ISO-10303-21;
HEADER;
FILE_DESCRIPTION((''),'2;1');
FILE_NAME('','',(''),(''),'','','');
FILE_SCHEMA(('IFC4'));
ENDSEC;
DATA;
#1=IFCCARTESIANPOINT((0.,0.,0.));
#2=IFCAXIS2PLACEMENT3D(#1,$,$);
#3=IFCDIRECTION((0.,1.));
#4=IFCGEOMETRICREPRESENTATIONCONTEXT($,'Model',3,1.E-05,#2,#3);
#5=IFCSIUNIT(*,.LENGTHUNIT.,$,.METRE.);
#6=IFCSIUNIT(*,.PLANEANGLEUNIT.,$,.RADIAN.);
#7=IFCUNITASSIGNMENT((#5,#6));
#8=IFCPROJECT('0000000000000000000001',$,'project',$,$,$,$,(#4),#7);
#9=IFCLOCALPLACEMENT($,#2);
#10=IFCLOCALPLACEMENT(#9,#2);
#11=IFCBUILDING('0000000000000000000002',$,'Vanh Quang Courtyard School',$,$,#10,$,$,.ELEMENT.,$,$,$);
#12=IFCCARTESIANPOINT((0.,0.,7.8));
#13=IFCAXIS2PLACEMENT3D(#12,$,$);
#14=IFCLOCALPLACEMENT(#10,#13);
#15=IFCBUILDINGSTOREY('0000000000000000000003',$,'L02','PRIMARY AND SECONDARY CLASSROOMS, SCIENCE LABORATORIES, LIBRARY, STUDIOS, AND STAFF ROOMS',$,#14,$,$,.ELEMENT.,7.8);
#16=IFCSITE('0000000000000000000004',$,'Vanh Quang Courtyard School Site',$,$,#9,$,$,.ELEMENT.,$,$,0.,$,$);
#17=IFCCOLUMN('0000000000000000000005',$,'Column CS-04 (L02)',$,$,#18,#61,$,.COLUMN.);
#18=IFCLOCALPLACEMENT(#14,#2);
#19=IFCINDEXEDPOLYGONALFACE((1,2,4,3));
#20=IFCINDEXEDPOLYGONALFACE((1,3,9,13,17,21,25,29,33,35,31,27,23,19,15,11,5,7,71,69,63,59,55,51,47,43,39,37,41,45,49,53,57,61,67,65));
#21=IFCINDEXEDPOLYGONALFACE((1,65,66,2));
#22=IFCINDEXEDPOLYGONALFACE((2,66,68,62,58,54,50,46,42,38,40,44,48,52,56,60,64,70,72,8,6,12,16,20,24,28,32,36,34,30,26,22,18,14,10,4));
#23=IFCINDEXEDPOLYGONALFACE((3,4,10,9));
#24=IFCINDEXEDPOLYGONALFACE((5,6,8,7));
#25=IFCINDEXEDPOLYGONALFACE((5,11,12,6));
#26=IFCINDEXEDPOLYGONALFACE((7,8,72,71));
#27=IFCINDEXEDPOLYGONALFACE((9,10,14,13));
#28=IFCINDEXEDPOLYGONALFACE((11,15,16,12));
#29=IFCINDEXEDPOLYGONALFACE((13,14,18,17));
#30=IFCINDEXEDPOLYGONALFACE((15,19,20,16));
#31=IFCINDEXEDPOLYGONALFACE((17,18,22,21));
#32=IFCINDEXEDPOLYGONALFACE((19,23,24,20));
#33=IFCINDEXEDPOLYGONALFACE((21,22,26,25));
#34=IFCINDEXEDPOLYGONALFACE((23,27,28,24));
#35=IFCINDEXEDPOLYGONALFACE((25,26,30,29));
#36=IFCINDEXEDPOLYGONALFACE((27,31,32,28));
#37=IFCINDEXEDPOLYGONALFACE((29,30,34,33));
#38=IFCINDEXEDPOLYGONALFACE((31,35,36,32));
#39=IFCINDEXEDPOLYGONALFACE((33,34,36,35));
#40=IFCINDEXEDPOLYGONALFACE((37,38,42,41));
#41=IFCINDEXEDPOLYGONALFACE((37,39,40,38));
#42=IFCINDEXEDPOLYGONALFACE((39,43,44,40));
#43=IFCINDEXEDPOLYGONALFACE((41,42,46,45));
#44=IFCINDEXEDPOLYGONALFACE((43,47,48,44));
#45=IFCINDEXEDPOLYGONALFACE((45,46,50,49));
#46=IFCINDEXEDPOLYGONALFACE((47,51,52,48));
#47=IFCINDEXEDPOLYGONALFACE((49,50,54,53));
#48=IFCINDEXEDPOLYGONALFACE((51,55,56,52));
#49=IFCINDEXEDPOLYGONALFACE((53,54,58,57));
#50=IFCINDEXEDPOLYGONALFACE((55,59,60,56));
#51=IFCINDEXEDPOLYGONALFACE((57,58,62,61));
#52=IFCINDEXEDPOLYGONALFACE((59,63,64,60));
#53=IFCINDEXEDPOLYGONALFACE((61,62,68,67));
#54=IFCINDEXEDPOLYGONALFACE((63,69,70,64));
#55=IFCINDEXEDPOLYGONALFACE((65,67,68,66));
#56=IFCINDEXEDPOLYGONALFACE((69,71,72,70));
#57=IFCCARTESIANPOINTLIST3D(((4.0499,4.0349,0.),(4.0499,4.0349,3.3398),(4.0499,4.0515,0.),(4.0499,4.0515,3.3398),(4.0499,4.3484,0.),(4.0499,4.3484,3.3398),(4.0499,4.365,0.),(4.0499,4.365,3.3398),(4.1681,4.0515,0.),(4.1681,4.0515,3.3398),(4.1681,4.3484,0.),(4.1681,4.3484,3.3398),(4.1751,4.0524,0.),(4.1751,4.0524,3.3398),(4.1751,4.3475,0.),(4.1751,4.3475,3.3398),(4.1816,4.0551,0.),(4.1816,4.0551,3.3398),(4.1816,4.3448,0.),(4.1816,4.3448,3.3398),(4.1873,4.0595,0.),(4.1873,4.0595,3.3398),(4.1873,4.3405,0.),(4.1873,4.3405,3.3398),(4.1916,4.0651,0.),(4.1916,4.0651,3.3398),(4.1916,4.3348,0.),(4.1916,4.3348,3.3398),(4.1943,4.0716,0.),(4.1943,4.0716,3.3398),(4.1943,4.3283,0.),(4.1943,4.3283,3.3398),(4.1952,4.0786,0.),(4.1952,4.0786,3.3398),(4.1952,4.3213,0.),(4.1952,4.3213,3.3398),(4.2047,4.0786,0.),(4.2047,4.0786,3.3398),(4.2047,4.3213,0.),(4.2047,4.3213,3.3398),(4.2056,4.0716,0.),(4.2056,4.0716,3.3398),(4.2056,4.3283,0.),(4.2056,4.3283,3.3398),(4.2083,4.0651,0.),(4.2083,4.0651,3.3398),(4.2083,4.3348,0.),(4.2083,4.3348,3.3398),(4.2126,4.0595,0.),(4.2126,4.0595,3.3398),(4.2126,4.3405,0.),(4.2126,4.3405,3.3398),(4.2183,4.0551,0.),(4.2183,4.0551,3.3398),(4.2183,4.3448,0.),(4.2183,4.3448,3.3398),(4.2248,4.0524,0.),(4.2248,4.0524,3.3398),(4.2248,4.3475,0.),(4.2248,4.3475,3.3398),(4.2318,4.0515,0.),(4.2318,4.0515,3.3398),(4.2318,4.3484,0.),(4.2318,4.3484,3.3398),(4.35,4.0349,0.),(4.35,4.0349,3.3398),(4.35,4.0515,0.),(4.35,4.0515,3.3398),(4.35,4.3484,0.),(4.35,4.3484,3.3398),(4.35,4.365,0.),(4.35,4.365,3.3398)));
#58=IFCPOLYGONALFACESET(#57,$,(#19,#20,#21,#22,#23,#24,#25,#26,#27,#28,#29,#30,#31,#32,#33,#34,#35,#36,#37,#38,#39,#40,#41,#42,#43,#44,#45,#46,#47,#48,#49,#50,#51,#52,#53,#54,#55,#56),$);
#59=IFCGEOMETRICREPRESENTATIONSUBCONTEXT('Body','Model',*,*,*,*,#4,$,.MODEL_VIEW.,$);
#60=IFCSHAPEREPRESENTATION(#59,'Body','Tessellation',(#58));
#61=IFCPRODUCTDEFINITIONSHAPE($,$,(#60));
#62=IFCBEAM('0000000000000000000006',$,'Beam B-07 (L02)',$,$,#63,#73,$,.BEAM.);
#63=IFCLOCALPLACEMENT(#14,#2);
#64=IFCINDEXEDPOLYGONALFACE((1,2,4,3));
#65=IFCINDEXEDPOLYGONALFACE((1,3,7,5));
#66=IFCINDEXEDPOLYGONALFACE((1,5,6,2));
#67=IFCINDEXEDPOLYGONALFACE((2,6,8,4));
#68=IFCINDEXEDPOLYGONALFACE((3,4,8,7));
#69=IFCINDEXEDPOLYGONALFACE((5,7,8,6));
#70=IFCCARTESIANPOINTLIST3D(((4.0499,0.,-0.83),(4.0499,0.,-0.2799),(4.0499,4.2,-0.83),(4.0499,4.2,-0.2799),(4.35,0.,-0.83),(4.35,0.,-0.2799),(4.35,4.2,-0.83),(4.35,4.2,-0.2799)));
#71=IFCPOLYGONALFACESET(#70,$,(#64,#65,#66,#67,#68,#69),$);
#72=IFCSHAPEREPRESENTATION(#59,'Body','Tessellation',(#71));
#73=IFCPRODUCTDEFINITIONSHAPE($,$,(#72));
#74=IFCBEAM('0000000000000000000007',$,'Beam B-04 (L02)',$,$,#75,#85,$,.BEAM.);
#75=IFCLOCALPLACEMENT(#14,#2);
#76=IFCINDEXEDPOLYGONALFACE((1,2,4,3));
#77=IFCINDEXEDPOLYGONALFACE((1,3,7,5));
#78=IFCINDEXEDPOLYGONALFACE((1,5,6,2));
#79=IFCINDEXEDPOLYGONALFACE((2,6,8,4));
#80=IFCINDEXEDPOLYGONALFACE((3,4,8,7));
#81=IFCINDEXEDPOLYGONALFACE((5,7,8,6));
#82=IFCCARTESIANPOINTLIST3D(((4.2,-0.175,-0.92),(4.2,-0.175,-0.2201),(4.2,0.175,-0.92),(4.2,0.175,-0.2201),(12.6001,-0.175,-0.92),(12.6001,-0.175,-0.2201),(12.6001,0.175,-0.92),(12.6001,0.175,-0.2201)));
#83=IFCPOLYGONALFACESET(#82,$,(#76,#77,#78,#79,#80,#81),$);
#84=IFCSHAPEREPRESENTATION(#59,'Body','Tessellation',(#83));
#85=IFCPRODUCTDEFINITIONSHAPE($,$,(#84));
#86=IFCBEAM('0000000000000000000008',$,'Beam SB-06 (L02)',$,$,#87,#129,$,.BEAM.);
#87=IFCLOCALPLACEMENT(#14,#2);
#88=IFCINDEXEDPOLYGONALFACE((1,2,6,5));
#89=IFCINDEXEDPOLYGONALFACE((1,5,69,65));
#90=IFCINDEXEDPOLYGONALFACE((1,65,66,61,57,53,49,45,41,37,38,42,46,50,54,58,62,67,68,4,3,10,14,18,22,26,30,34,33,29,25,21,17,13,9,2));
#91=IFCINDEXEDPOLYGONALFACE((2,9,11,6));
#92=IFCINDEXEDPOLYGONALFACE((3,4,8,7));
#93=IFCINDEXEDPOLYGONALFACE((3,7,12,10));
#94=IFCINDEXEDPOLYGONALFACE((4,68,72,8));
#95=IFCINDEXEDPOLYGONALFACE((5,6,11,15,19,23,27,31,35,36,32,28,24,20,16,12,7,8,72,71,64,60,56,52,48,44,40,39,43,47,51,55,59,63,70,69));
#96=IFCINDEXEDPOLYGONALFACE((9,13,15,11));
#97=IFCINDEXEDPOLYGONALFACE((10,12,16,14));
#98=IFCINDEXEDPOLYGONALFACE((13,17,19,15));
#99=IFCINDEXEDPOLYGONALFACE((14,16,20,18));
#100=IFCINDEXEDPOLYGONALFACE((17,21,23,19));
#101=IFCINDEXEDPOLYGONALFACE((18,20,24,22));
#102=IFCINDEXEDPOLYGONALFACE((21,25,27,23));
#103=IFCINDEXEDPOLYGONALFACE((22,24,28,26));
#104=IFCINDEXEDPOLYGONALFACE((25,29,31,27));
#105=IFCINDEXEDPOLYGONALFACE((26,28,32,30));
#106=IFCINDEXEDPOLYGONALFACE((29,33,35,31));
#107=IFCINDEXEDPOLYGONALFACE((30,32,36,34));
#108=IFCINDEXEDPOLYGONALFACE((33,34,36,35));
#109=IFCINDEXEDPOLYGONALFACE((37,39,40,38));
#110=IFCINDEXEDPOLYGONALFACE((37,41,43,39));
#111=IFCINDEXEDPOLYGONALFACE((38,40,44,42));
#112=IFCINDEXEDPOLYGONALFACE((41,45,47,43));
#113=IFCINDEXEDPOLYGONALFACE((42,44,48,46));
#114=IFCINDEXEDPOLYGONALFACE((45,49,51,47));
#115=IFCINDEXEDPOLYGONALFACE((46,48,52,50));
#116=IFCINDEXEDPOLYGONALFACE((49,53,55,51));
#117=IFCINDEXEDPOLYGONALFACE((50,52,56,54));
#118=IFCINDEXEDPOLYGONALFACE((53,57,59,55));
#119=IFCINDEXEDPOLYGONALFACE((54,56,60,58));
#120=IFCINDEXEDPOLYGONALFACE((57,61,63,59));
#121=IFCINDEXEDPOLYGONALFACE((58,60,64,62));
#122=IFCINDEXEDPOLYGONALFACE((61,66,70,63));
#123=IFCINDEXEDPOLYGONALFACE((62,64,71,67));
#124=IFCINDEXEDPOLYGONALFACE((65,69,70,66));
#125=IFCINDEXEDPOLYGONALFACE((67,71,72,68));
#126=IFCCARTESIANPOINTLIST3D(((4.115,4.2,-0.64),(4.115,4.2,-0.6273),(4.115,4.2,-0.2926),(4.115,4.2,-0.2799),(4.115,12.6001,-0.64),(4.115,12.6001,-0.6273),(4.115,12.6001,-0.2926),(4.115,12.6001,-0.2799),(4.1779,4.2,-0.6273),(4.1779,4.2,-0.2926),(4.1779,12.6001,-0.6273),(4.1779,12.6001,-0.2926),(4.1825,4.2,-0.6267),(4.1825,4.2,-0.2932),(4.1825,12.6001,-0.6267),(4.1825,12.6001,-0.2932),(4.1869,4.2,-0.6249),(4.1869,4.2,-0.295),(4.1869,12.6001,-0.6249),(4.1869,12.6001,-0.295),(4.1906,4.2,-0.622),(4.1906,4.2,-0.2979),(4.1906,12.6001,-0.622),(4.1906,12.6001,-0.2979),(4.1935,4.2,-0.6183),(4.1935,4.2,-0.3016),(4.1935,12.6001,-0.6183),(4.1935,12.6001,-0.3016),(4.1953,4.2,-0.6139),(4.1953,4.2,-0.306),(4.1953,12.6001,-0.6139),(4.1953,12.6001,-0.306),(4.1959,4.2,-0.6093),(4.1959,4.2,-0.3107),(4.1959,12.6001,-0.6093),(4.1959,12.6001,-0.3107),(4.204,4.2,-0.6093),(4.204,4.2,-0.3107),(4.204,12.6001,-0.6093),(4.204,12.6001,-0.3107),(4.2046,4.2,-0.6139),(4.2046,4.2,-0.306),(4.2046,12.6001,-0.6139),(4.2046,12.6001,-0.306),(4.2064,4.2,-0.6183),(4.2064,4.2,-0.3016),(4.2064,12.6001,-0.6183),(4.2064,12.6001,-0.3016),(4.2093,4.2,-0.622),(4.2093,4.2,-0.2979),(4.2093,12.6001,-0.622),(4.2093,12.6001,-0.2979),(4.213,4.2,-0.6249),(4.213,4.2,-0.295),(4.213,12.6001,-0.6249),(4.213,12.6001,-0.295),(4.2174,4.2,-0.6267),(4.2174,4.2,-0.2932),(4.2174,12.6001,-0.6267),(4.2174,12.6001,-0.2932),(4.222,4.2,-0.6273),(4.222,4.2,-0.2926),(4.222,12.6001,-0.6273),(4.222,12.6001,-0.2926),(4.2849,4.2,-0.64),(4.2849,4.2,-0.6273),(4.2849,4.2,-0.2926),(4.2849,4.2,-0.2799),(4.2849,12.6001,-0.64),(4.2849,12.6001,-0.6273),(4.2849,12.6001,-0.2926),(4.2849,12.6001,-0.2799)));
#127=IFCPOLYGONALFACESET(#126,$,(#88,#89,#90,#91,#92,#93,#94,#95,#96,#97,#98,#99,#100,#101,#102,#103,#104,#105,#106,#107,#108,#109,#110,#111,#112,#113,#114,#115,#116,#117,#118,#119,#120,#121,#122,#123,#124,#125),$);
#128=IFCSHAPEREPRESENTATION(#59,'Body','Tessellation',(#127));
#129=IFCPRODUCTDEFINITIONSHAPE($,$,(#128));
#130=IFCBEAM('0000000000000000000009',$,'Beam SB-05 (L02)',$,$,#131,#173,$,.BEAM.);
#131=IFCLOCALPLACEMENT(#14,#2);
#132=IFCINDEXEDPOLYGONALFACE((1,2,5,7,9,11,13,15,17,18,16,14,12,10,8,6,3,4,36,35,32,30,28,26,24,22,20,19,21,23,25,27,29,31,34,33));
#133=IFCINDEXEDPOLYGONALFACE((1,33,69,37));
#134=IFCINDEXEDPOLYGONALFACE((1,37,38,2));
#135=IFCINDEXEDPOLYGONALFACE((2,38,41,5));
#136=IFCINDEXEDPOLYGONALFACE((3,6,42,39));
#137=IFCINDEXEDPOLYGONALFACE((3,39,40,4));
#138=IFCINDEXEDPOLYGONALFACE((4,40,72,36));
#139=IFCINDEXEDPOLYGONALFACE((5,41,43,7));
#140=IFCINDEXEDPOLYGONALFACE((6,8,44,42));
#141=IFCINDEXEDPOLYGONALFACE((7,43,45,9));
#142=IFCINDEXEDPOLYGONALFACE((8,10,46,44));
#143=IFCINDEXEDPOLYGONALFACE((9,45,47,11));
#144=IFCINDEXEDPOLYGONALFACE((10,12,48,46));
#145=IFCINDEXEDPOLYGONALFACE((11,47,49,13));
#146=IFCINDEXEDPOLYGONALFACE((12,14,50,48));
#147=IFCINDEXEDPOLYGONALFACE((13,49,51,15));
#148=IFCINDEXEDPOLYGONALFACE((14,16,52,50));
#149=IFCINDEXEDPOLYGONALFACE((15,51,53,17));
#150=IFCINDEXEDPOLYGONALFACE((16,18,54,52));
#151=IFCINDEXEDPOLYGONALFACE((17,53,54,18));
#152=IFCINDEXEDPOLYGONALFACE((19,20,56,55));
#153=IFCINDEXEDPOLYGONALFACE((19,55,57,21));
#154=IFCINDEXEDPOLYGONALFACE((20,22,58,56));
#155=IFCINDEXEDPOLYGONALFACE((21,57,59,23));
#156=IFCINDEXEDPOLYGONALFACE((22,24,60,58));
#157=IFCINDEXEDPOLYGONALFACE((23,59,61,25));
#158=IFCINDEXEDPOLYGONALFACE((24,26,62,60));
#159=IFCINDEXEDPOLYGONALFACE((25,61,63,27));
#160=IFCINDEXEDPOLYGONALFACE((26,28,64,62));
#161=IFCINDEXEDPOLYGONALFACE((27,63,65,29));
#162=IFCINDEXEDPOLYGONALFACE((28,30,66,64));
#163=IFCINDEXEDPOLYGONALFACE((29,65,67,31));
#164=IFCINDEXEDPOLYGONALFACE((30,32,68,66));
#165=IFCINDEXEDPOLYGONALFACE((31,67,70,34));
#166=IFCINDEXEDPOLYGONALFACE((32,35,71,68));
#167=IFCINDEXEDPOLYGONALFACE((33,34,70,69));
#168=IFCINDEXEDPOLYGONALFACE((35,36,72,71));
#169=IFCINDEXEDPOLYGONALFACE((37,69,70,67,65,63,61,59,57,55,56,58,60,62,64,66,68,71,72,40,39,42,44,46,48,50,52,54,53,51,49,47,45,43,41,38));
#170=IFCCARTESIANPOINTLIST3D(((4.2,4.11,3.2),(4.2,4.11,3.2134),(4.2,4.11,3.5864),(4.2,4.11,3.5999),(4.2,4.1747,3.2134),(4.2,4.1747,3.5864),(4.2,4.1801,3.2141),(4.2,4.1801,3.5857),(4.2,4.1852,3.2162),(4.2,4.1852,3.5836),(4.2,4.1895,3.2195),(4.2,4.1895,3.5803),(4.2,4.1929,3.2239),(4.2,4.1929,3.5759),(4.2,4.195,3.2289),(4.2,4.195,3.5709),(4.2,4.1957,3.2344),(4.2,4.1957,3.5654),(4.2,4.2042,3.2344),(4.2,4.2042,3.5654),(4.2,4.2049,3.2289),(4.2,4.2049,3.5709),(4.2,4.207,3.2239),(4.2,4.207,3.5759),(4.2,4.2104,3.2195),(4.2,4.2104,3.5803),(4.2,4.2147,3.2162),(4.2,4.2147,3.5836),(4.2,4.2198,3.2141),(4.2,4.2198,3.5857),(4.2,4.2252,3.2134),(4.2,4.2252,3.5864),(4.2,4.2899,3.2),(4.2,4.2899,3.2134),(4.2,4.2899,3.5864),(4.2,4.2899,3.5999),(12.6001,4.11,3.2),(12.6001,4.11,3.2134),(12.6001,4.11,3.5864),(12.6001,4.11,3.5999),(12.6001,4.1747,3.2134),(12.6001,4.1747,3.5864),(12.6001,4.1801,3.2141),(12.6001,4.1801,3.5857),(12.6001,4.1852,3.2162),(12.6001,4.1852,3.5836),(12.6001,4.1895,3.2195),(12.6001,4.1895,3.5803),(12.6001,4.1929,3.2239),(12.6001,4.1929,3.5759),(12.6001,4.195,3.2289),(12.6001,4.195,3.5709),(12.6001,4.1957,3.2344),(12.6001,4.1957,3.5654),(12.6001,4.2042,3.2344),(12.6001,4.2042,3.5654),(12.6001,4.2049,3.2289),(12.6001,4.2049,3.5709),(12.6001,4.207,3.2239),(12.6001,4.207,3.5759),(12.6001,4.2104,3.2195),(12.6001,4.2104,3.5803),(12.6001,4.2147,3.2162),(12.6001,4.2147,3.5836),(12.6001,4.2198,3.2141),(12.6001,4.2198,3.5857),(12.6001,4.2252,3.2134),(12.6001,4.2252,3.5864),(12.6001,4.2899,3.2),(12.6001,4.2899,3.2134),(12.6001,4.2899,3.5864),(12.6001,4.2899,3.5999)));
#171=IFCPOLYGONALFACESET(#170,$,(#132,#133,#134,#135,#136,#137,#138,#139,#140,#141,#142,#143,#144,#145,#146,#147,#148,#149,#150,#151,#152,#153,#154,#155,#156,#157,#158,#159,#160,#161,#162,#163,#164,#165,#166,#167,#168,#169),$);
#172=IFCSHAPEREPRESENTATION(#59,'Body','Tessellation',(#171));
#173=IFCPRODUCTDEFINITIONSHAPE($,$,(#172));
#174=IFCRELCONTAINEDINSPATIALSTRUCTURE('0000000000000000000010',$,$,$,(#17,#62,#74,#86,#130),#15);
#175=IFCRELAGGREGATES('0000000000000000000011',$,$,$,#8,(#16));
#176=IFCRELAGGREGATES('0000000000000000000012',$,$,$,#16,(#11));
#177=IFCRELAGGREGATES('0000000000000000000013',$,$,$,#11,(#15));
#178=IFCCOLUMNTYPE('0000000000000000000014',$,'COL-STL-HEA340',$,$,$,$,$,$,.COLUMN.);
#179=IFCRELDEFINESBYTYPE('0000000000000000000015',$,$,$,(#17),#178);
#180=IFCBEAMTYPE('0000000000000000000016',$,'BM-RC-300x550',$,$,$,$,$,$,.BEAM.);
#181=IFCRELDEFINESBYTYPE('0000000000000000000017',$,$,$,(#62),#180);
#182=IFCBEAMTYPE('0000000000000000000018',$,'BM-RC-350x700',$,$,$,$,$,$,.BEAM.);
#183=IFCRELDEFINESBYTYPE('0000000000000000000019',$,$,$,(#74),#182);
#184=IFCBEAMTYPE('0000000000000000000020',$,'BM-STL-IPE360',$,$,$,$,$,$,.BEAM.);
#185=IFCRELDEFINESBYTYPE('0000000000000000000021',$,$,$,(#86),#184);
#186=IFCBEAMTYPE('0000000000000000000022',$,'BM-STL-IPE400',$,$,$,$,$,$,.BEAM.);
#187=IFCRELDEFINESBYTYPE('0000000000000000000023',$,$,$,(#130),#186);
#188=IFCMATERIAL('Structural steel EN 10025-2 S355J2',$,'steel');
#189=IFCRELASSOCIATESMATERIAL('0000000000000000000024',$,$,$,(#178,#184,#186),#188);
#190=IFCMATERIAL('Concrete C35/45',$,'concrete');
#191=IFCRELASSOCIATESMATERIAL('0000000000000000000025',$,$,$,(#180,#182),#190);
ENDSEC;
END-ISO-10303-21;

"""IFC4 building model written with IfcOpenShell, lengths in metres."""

from ifc_helpers import new_model, si_unit, direction, frame, origin, origin_2d, place, context, subcontext, project, spatial, rectangle, i_section, extrude, material, material_profile, profile_set, type_object, element, save


model = new_model("IFC4")

# Units and contexts
model_context = context("Model", 3, precision=1e-05, world=origin(), true_north=direction((0.0, 1.0)))
body_context = subcontext(model_context, "Body", "Model", "MODEL_VIEW")
ifc_project = project(units=[si_unit("LENGTHUNIT", "METRE"), si_unit("PLANEANGLEUNIT", "RADIAN")], contexts=[model_context])

# Site, building, storey
site_placement = place(None, origin())
site = spatial("IfcSite", under=ifc_project, at=site_placement, Name="Vanh Quang Courtyard School Site", CompositionType="ELEMENT", RefElevation=0.0)
building_placement = place(site_placement, origin())
building = spatial("IfcBuilding", under=site, at=building_placement, Name="Vanh Quang Courtyard School", CompositionType="ELEMENT")
storey_placement = place(building_placement, frame((0.0, 0.0, 7.8)))
storey = spatial("IfcBuildingStorey", under=building, at=storey_placement, Name="L02", Description="PRIMARY AND SECONDARY CLASSROOMS, SCIENCE LABORATORIES, LIBRARY, STUDIOS, AND STAFF ROOMS", CompositionType="ELEMENT", Elevation=7.8)

# Column
ifc_material_1 = material(Name="Structural steel EN 10025-2 S355J2", Category="steel")
ifc_material_profile_1 = material_profile(ifc_material_1, i_section(OverallWidth=0.3, OverallDepth=0.3301, WebThickness=0.0095, FlangeThickness=0.0166, FilletRadius=0.0271, at=origin_2d()), Name="HEA 340")
ifc_profile_set_1 = profile_set([ifc_material_profile_1], Name="Structural steel EN 10025-2 S355J2")
column_type = type_object("IfcColumnType", Name="COL-STL-HEA340", PredefinedType="COLUMN", material=ifc_profile_set_1)
column_placement = place(storey_placement, frame((4.2, 4.2, 0.0), z_axis=(0.0, 0.0, 1.0), x_axis=(1.0, 0.0, 0.0)))
element("IfcColumn", 1, at=column_placement, inside=storey, type_object=column_type, Name="Column CS-04 (L02)", PredefinedType="COLUMN", context=body_context, shape_type="SweptSolid", body=[
    extrude(i_section(OverallWidth=0.3, OverallDepth=0.3301, WebThickness=0.0095, FlangeThickness=0.0166, FilletRadius=0.0271, at=origin_2d()), origin(), (0.0, 0.0, 1.0), 3.3398),
])

# Beams
ifc_material_2 = material(Name="Concrete C35/45", Category="concrete")
ifc_material_profile_2 = material_profile(ifc_material_2, rectangle(XDim=0.3, YDim=0.55, at=origin_2d()), Name="RC-BM 300x550")
ifc_profile_set_2 = profile_set([ifc_material_profile_2], Name="Concrete C35/45")
beam_type_1 = type_object("IfcBeamType", Name="BM-RC-300x550", PredefinedType="BEAM", material=ifc_profile_set_2)
beam_1_placement = place(storey_placement, frame((4.2, 0.0, -0.5549), z_axis=(0.0, 1.0, 0.0), x_axis=(-1.0, 0.0, 0.0)))
element("IfcBeam", 2, at=beam_1_placement, inside=storey, type_object=beam_type_1, Name="Beam B-07 (L02)", PredefinedType="BEAM", context=body_context, shape_type="SweptSolid", body=[
    extrude(rectangle(XDim=0.3, YDim=0.55, at=origin_2d()), origin(), (0.0, 0.0, 1.0), 4.2),
])
ifc_material_profile_3 = material_profile(ifc_material_2, rectangle(XDim=0.3501, YDim=0.7, at=origin_2d()), Name="RC-BM 350x700")
ifc_profile_set_3 = profile_set([ifc_material_profile_3], Name="Concrete C35/45")
beam_type_2 = type_object("IfcBeamType", Name="BM-RC-350x700", PredefinedType="BEAM", material=ifc_profile_set_3)
beam_2_placement = place(storey_placement, frame((4.2, 0.0, -0.5701), z_axis=(1.0, 0.0, 0.0), x_axis=(0.0, 1.0, 0.0)))
element("IfcBeam", 3, at=beam_2_placement, inside=storey, type_object=beam_type_2, Name="Beam B-04 (L02)", PredefinedType="BEAM", context=body_context, shape_type="SweptSolid", body=[
    extrude(rectangle(XDim=0.3501, YDim=0.7, at=origin_2d()), origin(), (0.0, 0.0, 1.0), 8.4001),
])
ifc_material_profile_4 = material_profile(ifc_material_1, i_section(OverallWidth=0.1699, OverallDepth=0.3601, WebThickness=0.0081, FlangeThickness=0.0127, FilletRadius=0.0181, at=origin_2d()), Name="IPE 360")
ifc_profile_set_4 = profile_set([ifc_material_profile_4], Name="Structural steel EN 10025-2 S355J2")
beam_type_3 = type_object("IfcBeamType", Name="BM-STL-IPE360", PredefinedType="BEAM", material=ifc_profile_set_4)
beam_3_placement = place(storey_placement, frame((4.2, 4.2, -0.46), z_axis=(0.0, 1.0, 0.0), x_axis=(-1.0, 0.0, 0.0)))
element("IfcBeam", 4, at=beam_3_placement, inside=storey, type_object=beam_type_3, Name="Beam SB-06 (L02)", PredefinedType="BEAM", context=body_context, shape_type="SweptSolid", body=[
    extrude(i_section(OverallWidth=0.1699, OverallDepth=0.3601, WebThickness=0.0081, FlangeThickness=0.0127, FilletRadius=0.0181, at=origin_2d()), origin(), (0.0, 0.0, 1.0), 8.4001),
])
ifc_material_profile_5 = material_profile(ifc_material_1, i_section(OverallWidth=0.1799, OverallDepth=0.3999, WebThickness=0.0085, FlangeThickness=0.0134, FilletRadius=0.021, at=origin_2d()), Name="IPE 400")
ifc_profile_set_5 = profile_set([ifc_material_profile_5], Name="Structural steel EN 10025-2 S355J2")
beam_type_4 = type_object("IfcBeamType", Name="BM-STL-IPE400", PredefinedType="BEAM", material=ifc_profile_set_5)
for number, where, z_axis, x_axis, name in (
    (5, (4.2, 4.2, 3.3999), (1.0, 0.0, 0.0), (0.0, 1.0, 0.0), "Beam SB-05 (L02)"),
):
    element("IfcBeam", number, at=place(storey_placement, frame(where, z_axis=z_axis, x_axis=x_axis)), inside=storey, type_object=beam_type_4, Name=name, PredefinedType="BEAM", context=body_context, shape_type="SweptSolid", body=[
        extrude(i_section(OverallWidth=0.1799, OverallDepth=0.3999, WebThickness=0.0085, FlangeThickness=0.0134, FilletRadius=0.021, at=origin_2d()), origin(), (0.0, 0.0, 1.0), 8.4001),
    ])

save(model, "model.ifc")
